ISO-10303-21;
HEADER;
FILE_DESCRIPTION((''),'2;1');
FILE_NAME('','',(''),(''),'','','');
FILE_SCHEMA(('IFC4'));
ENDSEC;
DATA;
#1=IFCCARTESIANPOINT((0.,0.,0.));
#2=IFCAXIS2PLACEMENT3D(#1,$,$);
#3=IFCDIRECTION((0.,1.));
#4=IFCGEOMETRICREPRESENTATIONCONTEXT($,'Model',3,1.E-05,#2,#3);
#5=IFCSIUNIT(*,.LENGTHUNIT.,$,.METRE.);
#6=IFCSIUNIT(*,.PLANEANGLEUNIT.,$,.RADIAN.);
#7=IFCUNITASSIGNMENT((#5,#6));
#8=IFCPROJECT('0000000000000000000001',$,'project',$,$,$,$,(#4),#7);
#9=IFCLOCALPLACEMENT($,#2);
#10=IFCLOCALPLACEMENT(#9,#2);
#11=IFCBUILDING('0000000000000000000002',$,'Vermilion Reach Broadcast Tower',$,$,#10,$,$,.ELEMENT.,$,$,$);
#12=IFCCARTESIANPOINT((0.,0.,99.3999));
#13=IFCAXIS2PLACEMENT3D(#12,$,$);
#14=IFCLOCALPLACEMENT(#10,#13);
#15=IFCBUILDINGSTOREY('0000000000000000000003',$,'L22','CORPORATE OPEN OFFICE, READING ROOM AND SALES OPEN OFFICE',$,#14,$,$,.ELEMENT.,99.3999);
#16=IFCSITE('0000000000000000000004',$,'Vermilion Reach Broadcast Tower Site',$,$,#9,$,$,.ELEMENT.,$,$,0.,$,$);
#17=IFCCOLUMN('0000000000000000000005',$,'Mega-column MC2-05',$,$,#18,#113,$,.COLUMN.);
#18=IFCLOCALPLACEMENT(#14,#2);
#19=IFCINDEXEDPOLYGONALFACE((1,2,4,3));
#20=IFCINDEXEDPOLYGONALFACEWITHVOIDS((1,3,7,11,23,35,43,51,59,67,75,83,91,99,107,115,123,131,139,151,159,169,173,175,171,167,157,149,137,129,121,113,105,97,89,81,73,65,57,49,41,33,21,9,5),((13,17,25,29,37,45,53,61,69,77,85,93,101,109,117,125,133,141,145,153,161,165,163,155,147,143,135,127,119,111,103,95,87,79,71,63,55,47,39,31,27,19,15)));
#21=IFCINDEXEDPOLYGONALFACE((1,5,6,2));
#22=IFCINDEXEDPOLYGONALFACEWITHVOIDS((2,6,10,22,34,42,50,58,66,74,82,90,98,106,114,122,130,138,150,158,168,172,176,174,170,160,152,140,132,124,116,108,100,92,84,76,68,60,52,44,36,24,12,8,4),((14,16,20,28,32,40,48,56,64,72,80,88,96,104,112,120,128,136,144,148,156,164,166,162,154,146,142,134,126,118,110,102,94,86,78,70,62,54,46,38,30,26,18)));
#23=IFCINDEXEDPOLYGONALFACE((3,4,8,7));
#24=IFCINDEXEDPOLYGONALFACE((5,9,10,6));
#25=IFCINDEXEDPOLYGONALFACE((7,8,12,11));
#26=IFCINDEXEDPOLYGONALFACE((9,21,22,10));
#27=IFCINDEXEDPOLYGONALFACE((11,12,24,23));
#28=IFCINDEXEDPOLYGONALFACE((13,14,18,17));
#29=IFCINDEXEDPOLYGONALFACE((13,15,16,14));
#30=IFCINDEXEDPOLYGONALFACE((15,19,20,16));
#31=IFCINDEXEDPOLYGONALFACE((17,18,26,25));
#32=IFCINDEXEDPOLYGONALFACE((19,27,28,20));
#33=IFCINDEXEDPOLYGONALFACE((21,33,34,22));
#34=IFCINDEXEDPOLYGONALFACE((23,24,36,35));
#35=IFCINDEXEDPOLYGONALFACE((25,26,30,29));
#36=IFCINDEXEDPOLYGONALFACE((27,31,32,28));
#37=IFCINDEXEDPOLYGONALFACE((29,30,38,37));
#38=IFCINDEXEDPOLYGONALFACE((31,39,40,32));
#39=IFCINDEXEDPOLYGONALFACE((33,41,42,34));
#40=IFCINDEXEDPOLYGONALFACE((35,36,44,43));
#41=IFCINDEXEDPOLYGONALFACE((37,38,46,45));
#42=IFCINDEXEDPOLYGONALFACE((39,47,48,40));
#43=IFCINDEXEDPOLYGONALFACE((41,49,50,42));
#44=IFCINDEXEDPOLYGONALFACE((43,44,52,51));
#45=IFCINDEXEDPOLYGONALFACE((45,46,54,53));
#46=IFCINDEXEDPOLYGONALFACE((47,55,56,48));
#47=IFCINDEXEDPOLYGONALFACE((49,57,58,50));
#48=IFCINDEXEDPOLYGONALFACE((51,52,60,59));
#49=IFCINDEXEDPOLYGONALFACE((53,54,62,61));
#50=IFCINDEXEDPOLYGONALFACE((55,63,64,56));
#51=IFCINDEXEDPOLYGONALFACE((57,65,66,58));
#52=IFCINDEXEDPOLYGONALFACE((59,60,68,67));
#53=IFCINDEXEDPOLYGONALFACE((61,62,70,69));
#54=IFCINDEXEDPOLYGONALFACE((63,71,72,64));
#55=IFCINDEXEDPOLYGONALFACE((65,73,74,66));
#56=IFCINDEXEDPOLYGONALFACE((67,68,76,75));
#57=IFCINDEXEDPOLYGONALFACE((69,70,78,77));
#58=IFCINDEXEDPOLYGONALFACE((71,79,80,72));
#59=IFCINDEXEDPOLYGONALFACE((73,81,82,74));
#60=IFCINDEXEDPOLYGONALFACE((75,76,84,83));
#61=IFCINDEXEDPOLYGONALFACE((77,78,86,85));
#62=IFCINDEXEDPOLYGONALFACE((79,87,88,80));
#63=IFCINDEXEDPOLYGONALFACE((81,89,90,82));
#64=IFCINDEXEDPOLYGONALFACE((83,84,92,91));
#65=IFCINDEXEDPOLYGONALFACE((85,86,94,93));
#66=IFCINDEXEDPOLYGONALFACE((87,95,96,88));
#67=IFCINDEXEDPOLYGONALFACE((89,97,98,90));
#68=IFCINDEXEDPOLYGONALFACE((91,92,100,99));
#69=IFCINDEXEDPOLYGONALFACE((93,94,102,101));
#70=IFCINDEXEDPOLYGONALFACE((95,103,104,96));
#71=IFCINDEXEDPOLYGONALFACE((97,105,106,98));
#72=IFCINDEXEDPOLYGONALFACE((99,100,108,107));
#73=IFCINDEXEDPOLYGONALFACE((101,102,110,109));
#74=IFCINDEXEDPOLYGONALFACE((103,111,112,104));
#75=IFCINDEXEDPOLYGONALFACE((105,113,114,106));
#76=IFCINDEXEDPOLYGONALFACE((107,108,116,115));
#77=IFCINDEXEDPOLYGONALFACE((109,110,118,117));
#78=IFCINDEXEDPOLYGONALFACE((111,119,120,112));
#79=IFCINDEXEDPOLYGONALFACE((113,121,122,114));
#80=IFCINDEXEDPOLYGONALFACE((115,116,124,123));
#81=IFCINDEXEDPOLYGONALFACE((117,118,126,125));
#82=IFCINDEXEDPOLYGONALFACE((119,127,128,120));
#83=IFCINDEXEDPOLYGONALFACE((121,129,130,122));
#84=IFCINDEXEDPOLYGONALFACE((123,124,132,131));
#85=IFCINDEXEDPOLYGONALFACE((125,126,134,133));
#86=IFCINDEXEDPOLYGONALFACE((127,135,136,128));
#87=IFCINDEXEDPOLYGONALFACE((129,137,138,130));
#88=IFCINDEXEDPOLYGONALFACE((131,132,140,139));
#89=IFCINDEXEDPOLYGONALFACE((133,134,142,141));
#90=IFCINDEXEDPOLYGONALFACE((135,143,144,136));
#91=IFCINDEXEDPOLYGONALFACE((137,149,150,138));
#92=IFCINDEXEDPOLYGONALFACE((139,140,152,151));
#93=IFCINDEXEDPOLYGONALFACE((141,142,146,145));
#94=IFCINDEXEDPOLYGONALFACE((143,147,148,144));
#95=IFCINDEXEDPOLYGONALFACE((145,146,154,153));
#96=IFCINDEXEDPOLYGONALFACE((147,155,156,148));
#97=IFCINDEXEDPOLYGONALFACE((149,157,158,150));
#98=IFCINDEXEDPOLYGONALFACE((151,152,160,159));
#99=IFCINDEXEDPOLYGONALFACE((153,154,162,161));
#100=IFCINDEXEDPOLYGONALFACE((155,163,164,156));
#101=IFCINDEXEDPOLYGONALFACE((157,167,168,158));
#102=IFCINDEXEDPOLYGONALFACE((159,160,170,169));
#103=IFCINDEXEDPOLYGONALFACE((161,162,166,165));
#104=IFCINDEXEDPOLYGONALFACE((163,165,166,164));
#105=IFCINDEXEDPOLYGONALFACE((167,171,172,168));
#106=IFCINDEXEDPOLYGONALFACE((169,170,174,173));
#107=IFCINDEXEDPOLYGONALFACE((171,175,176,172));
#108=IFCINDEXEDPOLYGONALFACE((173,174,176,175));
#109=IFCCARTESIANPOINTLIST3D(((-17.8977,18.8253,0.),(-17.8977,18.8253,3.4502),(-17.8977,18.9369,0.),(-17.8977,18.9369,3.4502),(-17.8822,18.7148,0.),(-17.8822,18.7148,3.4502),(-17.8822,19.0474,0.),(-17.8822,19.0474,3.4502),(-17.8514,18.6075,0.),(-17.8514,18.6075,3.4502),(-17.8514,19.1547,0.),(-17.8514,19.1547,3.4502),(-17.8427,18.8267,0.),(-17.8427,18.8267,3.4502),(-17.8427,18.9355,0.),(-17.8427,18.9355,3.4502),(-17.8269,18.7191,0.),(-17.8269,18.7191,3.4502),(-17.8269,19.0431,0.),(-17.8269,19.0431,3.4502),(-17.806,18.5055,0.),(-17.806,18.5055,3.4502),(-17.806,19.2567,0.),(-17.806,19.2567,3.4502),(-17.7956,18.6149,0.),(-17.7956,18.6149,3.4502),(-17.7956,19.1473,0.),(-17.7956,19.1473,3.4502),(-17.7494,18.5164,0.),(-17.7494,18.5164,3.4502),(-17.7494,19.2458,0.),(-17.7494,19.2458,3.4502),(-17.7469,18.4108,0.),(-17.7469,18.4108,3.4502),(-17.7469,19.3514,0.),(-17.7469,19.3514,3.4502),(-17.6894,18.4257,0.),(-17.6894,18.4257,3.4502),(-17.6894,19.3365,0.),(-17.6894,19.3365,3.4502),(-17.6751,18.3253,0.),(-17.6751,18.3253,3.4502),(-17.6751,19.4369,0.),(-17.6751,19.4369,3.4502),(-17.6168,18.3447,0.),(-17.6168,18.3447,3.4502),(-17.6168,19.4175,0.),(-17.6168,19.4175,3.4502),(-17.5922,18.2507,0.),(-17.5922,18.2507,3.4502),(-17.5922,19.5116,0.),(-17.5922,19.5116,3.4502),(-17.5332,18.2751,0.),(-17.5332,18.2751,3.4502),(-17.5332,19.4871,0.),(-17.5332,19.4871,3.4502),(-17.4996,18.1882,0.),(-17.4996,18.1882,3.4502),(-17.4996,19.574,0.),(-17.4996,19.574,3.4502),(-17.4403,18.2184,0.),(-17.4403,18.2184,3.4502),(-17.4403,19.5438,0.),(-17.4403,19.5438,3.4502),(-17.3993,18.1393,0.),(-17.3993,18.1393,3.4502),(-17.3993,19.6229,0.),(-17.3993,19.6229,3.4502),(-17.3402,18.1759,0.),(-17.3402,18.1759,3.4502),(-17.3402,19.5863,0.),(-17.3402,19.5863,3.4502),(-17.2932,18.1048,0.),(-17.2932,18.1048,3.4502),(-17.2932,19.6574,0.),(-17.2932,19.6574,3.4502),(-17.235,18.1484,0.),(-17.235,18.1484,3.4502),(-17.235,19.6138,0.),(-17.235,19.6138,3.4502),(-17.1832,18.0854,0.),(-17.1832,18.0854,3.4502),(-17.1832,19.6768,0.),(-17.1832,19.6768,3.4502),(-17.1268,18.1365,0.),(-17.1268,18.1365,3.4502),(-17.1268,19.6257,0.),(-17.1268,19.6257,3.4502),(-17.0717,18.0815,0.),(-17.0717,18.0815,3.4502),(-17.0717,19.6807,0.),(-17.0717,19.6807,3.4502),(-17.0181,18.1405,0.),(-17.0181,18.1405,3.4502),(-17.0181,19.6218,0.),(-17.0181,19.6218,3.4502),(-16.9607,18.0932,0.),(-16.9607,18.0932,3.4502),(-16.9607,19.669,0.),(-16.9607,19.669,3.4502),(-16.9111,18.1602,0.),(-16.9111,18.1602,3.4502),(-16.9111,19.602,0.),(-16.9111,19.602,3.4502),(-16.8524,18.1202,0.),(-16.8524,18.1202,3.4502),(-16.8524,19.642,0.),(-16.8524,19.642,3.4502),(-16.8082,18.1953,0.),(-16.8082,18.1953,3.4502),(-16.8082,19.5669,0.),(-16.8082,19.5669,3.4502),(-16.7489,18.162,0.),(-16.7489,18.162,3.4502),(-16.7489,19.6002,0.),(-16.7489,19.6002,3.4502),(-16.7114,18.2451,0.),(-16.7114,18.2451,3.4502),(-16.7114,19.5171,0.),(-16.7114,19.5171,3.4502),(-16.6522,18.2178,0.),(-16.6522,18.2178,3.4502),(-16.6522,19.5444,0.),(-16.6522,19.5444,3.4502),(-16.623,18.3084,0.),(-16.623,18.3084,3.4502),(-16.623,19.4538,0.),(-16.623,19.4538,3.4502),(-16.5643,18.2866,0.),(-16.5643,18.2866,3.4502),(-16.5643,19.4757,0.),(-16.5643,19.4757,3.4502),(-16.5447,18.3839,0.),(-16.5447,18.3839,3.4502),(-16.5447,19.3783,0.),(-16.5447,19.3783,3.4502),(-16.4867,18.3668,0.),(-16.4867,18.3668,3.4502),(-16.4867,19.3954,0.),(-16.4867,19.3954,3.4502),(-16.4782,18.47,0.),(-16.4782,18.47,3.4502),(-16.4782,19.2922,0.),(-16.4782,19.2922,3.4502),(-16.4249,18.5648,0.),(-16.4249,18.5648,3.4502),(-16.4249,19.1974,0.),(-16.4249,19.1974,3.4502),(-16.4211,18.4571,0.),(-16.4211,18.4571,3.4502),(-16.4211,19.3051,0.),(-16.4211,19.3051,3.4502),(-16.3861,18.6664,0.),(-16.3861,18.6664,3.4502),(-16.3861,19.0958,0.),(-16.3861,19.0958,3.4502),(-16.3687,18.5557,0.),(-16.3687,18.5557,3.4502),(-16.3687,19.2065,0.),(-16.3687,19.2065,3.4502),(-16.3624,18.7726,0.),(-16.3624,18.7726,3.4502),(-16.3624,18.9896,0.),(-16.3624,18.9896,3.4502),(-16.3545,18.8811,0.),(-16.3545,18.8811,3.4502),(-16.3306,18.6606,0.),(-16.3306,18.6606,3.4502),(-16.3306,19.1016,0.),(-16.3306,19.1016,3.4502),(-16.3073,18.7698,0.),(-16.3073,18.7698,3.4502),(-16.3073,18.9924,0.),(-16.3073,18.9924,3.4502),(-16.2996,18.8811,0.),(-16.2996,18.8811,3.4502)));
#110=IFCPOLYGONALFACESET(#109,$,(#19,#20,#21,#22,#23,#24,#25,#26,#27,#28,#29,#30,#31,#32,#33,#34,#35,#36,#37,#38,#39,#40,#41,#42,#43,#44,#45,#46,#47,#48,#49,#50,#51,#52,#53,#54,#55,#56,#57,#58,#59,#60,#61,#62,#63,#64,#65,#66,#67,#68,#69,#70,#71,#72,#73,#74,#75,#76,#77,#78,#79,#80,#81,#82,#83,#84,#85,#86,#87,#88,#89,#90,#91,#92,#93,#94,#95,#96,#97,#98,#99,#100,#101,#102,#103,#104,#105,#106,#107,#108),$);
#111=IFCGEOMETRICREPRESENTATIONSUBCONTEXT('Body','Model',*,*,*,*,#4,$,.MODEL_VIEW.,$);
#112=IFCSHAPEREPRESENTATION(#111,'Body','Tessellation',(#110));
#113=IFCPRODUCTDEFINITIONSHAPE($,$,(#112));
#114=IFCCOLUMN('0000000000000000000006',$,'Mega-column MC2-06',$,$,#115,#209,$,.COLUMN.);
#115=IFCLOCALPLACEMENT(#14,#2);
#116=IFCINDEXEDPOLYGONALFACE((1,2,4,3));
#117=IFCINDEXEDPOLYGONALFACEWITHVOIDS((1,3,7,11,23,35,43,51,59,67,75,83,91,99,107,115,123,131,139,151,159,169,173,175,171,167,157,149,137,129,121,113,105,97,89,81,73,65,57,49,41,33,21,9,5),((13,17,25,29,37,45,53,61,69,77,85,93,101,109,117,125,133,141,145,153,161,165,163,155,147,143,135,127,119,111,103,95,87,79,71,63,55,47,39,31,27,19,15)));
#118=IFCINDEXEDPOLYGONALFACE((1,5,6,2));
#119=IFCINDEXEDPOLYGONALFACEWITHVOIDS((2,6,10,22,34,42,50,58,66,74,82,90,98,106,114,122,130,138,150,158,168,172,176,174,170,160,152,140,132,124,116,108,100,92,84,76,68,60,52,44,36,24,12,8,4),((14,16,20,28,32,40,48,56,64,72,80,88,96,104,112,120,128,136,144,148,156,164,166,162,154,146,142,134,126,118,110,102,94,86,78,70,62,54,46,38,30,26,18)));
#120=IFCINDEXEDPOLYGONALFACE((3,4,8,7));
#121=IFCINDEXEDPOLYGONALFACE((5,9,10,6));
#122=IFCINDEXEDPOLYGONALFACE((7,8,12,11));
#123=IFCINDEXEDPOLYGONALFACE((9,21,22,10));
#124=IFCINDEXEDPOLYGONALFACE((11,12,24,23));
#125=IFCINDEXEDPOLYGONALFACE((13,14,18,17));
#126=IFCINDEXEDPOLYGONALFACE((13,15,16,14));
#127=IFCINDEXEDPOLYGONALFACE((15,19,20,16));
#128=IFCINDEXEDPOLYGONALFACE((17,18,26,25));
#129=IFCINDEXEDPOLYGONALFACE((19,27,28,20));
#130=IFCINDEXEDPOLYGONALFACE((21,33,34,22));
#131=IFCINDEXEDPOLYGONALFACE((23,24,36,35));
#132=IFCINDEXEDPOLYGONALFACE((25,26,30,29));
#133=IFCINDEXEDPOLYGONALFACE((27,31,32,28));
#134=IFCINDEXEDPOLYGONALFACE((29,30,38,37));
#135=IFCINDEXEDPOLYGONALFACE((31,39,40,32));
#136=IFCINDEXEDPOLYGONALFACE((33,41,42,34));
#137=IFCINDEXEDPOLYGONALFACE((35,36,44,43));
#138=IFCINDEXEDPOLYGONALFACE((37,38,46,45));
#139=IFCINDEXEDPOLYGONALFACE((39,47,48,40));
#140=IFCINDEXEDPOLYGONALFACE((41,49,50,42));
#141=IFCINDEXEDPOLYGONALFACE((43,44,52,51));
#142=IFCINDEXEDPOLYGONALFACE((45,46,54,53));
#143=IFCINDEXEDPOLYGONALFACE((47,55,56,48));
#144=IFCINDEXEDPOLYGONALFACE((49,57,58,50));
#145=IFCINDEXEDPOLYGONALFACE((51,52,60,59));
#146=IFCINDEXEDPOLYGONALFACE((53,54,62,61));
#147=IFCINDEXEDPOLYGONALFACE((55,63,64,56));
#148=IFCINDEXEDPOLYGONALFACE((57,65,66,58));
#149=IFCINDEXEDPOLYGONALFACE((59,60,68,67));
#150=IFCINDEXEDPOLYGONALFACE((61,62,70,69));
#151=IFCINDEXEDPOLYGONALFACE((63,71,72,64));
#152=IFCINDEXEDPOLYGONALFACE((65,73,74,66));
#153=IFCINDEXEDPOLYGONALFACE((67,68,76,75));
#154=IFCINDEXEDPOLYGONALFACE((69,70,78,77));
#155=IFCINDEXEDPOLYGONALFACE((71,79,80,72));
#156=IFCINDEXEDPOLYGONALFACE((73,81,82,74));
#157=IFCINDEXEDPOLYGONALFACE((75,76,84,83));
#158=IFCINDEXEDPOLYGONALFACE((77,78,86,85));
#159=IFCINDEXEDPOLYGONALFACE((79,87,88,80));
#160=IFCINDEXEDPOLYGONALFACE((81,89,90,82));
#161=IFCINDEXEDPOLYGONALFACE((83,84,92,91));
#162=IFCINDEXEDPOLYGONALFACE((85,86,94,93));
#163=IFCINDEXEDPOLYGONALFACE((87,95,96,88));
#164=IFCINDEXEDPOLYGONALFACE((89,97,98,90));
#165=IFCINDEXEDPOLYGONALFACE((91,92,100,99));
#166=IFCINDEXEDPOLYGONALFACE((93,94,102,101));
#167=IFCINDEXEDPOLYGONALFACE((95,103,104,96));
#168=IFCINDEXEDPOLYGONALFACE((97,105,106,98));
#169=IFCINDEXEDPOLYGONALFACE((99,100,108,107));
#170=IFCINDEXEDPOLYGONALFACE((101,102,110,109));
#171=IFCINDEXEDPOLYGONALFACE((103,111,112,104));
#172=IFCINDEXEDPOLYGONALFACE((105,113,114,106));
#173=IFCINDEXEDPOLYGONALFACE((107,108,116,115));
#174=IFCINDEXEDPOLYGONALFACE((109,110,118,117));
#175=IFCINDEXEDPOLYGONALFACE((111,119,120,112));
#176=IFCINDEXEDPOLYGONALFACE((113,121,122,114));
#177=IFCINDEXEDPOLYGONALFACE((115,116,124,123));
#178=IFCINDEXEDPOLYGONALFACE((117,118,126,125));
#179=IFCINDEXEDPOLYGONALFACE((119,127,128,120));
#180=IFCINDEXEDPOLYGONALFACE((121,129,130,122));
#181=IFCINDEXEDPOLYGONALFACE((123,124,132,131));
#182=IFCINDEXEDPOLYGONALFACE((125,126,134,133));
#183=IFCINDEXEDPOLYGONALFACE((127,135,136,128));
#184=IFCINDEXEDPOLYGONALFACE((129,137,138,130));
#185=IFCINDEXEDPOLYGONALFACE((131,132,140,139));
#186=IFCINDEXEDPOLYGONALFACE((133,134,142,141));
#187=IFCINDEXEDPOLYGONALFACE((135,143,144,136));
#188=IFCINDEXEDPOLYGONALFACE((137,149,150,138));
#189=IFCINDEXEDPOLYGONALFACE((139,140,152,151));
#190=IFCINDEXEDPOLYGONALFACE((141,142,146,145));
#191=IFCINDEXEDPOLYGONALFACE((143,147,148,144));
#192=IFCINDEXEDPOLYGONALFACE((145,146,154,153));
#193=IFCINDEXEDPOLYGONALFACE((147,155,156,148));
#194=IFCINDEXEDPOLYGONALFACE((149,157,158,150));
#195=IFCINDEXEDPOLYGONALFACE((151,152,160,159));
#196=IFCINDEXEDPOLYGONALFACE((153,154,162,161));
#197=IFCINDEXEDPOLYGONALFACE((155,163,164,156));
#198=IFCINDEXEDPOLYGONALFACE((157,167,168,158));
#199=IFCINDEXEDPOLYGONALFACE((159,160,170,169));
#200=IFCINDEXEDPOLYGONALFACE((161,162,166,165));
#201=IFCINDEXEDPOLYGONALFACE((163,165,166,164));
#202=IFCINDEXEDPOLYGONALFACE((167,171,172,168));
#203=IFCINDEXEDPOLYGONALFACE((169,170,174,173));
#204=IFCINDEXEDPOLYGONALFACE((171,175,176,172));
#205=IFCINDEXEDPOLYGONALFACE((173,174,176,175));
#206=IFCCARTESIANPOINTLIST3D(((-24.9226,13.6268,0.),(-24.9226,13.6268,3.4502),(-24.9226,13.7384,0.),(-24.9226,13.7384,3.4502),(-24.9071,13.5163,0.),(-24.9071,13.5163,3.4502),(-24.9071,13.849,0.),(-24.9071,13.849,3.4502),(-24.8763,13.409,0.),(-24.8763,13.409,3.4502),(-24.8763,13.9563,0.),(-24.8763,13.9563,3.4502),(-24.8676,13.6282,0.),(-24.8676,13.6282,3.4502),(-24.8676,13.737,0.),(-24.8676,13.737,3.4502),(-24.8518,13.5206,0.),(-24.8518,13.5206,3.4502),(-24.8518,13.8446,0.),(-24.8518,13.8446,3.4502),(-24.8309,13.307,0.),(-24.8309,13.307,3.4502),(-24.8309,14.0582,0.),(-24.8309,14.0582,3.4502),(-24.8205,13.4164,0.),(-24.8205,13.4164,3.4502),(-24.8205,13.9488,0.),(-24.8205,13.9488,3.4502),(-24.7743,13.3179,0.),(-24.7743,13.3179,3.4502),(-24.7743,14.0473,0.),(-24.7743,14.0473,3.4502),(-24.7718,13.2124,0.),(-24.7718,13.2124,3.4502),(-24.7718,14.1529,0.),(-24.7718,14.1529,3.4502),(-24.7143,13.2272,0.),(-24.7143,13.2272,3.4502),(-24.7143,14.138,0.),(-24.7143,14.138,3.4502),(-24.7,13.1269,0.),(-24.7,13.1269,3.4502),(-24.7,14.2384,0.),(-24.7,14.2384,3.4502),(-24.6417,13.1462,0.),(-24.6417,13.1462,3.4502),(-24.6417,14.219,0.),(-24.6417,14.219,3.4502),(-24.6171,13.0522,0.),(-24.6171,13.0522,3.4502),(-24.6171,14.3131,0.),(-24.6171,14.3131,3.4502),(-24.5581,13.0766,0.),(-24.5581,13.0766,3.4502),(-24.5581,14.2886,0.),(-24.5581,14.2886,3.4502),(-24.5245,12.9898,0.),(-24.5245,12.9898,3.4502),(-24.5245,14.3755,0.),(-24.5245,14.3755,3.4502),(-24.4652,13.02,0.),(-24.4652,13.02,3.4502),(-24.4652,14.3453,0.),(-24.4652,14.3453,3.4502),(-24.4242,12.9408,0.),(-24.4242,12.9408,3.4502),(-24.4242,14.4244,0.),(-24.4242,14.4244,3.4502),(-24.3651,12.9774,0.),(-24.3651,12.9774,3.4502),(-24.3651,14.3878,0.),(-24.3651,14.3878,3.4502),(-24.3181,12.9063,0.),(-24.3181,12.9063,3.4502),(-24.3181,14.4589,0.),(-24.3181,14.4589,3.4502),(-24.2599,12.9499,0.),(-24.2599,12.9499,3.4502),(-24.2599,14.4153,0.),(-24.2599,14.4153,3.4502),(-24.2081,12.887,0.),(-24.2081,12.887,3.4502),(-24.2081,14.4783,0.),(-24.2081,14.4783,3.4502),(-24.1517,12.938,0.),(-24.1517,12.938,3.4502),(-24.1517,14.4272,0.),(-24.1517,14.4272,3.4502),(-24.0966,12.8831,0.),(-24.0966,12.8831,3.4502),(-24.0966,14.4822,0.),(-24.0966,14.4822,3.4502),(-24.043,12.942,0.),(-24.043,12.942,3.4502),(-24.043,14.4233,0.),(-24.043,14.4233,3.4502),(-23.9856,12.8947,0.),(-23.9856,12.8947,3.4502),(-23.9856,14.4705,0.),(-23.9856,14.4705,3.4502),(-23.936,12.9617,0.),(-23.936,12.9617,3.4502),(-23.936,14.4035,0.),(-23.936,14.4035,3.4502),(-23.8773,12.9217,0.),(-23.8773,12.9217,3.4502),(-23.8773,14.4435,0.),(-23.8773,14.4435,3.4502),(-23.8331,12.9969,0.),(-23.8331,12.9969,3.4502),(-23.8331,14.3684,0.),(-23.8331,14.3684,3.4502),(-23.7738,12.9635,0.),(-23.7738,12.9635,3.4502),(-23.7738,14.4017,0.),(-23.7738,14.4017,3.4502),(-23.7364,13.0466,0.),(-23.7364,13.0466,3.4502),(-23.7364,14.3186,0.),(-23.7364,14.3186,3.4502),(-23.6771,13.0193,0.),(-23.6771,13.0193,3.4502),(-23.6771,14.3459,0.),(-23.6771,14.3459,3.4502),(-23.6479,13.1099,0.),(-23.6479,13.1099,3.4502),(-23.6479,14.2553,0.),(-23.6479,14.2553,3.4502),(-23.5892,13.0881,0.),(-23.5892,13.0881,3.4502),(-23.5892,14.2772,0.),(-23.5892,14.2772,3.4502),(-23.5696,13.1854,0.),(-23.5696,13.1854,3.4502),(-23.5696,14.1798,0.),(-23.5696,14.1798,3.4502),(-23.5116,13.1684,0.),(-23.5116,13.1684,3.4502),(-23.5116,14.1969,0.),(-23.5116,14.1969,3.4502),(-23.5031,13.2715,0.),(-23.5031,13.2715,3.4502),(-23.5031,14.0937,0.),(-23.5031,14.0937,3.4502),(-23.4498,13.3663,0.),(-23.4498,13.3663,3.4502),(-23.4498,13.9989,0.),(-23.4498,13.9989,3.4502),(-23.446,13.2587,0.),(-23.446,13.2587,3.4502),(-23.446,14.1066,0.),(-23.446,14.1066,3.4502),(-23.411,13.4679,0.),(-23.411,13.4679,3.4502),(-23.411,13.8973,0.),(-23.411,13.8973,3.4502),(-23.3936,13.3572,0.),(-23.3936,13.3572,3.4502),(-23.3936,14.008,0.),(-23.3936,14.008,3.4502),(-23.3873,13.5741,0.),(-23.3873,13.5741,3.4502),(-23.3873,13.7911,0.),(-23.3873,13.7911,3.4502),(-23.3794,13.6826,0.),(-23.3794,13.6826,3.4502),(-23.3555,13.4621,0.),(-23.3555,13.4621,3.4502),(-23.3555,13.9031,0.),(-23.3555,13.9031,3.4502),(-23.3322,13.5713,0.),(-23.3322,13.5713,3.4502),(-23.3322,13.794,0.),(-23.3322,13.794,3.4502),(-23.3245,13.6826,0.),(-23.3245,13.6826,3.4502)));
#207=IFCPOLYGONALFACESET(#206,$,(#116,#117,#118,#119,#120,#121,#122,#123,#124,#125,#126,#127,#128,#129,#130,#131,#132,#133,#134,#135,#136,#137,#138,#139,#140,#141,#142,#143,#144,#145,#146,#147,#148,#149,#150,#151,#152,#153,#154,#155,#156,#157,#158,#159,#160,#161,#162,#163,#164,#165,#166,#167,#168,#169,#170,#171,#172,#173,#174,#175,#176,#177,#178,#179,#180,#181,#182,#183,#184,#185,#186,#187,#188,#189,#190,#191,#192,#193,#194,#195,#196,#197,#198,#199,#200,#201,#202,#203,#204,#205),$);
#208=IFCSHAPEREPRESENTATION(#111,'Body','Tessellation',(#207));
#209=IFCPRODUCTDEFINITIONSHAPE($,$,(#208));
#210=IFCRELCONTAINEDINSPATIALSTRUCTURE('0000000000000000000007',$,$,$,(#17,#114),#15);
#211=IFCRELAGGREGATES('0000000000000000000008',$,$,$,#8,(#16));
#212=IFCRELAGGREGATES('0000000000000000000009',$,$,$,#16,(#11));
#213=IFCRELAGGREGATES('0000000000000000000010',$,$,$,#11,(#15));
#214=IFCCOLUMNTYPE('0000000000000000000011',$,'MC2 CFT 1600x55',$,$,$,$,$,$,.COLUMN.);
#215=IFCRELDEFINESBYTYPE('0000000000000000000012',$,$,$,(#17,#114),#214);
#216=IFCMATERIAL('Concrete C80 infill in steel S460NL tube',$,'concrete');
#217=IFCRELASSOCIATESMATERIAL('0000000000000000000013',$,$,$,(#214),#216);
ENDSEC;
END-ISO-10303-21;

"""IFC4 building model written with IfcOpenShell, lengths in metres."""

from ifc_helpers import new_model, si_unit, direction, frame, origin, origin_2d, place, context, subcontext, project, spatial, hollow_circle, extrude, material, material_profile, profile_set, type_object, element, save


model = new_model("IFC4")

# Units and contexts
model_context = context("Model", 3, precision=1e-05, world=origin(), true_north=direction((0.0, 1.0)))
body_context = subcontext(model_context, "Body", "Model", "MODEL_VIEW")
ifc_project = project(units=[si_unit("LENGTHUNIT", "METRE"), si_unit("PLANEANGLEUNIT", "RADIAN")], contexts=[model_context])

# Site, building, storey
site_placement = place(None, origin())
site = spatial("IfcSite", under=ifc_project, at=site_placement, Name="Vermilion Reach Broadcast Tower Site", CompositionType="ELEMENT", RefElevation=0.0)
building_placement = place(site_placement, origin())
building = spatial("IfcBuilding", under=site, at=building_placement, Name="Vermilion Reach Broadcast Tower", CompositionType="ELEMENT")
storey_placement = place(building_placement, frame((0.0, 0.0, 99.3999)))
storey = spatial("IfcBuildingStorey", under=building, at=storey_placement, Name="L22", Description="CORPORATE OPEN OFFICE, READING ROOM AND SALES OPEN OFFICE", CompositionType="ELEMENT", Elevation=99.3999)

# Columns
ifc_material_1 = material(Name="Concrete C80 infill in steel S460NL tube", Category="concrete")
ifc_material_profile_1 = material_profile(ifc_material_1, hollow_circle(Radius=0.8, WallThickness=0.0549, at=origin_2d()), Name="Concrete C80 infill in steel S460NL tube CFT 1600x55")
ifc_profile_set_1 = profile_set([ifc_material_profile_1], Name="Concrete C80 infill in steel S460NL tube")
column_type = type_object("IfcColumnType", Name="MC2 CFT 1600x55", PredefinedType="COLUMN", material=ifc_profile_set_1)
for number, where, z_axis, x_axis, name in (
    (1, (-17.0996, 18.8811, 0.0), (0.0, 0.0, 1.0), (1.0, 0.0, 0.0), "Mega-column MC2-05"),
    (2, (-24.1245, 13.6826, 0.0), (0.0, 0.0, 1.0), (1.0, 0.0, 0.0), "Mega-column MC2-06"),
):
    element("IfcColumn", number, at=place(storey_placement, frame(where, z_axis=z_axis, x_axis=x_axis)), inside=storey, type_object=column_type, Name=name, PredefinedType="COLUMN", context=body_context, shape_type="SweptSolid", body=[
        extrude(hollow_circle(Radius=0.8, WallThickness=0.0549, at=origin_2d()), origin(), (0.0, 0.0, 1.0), 3.4502),
    ])

save(model, "model.ifc")
